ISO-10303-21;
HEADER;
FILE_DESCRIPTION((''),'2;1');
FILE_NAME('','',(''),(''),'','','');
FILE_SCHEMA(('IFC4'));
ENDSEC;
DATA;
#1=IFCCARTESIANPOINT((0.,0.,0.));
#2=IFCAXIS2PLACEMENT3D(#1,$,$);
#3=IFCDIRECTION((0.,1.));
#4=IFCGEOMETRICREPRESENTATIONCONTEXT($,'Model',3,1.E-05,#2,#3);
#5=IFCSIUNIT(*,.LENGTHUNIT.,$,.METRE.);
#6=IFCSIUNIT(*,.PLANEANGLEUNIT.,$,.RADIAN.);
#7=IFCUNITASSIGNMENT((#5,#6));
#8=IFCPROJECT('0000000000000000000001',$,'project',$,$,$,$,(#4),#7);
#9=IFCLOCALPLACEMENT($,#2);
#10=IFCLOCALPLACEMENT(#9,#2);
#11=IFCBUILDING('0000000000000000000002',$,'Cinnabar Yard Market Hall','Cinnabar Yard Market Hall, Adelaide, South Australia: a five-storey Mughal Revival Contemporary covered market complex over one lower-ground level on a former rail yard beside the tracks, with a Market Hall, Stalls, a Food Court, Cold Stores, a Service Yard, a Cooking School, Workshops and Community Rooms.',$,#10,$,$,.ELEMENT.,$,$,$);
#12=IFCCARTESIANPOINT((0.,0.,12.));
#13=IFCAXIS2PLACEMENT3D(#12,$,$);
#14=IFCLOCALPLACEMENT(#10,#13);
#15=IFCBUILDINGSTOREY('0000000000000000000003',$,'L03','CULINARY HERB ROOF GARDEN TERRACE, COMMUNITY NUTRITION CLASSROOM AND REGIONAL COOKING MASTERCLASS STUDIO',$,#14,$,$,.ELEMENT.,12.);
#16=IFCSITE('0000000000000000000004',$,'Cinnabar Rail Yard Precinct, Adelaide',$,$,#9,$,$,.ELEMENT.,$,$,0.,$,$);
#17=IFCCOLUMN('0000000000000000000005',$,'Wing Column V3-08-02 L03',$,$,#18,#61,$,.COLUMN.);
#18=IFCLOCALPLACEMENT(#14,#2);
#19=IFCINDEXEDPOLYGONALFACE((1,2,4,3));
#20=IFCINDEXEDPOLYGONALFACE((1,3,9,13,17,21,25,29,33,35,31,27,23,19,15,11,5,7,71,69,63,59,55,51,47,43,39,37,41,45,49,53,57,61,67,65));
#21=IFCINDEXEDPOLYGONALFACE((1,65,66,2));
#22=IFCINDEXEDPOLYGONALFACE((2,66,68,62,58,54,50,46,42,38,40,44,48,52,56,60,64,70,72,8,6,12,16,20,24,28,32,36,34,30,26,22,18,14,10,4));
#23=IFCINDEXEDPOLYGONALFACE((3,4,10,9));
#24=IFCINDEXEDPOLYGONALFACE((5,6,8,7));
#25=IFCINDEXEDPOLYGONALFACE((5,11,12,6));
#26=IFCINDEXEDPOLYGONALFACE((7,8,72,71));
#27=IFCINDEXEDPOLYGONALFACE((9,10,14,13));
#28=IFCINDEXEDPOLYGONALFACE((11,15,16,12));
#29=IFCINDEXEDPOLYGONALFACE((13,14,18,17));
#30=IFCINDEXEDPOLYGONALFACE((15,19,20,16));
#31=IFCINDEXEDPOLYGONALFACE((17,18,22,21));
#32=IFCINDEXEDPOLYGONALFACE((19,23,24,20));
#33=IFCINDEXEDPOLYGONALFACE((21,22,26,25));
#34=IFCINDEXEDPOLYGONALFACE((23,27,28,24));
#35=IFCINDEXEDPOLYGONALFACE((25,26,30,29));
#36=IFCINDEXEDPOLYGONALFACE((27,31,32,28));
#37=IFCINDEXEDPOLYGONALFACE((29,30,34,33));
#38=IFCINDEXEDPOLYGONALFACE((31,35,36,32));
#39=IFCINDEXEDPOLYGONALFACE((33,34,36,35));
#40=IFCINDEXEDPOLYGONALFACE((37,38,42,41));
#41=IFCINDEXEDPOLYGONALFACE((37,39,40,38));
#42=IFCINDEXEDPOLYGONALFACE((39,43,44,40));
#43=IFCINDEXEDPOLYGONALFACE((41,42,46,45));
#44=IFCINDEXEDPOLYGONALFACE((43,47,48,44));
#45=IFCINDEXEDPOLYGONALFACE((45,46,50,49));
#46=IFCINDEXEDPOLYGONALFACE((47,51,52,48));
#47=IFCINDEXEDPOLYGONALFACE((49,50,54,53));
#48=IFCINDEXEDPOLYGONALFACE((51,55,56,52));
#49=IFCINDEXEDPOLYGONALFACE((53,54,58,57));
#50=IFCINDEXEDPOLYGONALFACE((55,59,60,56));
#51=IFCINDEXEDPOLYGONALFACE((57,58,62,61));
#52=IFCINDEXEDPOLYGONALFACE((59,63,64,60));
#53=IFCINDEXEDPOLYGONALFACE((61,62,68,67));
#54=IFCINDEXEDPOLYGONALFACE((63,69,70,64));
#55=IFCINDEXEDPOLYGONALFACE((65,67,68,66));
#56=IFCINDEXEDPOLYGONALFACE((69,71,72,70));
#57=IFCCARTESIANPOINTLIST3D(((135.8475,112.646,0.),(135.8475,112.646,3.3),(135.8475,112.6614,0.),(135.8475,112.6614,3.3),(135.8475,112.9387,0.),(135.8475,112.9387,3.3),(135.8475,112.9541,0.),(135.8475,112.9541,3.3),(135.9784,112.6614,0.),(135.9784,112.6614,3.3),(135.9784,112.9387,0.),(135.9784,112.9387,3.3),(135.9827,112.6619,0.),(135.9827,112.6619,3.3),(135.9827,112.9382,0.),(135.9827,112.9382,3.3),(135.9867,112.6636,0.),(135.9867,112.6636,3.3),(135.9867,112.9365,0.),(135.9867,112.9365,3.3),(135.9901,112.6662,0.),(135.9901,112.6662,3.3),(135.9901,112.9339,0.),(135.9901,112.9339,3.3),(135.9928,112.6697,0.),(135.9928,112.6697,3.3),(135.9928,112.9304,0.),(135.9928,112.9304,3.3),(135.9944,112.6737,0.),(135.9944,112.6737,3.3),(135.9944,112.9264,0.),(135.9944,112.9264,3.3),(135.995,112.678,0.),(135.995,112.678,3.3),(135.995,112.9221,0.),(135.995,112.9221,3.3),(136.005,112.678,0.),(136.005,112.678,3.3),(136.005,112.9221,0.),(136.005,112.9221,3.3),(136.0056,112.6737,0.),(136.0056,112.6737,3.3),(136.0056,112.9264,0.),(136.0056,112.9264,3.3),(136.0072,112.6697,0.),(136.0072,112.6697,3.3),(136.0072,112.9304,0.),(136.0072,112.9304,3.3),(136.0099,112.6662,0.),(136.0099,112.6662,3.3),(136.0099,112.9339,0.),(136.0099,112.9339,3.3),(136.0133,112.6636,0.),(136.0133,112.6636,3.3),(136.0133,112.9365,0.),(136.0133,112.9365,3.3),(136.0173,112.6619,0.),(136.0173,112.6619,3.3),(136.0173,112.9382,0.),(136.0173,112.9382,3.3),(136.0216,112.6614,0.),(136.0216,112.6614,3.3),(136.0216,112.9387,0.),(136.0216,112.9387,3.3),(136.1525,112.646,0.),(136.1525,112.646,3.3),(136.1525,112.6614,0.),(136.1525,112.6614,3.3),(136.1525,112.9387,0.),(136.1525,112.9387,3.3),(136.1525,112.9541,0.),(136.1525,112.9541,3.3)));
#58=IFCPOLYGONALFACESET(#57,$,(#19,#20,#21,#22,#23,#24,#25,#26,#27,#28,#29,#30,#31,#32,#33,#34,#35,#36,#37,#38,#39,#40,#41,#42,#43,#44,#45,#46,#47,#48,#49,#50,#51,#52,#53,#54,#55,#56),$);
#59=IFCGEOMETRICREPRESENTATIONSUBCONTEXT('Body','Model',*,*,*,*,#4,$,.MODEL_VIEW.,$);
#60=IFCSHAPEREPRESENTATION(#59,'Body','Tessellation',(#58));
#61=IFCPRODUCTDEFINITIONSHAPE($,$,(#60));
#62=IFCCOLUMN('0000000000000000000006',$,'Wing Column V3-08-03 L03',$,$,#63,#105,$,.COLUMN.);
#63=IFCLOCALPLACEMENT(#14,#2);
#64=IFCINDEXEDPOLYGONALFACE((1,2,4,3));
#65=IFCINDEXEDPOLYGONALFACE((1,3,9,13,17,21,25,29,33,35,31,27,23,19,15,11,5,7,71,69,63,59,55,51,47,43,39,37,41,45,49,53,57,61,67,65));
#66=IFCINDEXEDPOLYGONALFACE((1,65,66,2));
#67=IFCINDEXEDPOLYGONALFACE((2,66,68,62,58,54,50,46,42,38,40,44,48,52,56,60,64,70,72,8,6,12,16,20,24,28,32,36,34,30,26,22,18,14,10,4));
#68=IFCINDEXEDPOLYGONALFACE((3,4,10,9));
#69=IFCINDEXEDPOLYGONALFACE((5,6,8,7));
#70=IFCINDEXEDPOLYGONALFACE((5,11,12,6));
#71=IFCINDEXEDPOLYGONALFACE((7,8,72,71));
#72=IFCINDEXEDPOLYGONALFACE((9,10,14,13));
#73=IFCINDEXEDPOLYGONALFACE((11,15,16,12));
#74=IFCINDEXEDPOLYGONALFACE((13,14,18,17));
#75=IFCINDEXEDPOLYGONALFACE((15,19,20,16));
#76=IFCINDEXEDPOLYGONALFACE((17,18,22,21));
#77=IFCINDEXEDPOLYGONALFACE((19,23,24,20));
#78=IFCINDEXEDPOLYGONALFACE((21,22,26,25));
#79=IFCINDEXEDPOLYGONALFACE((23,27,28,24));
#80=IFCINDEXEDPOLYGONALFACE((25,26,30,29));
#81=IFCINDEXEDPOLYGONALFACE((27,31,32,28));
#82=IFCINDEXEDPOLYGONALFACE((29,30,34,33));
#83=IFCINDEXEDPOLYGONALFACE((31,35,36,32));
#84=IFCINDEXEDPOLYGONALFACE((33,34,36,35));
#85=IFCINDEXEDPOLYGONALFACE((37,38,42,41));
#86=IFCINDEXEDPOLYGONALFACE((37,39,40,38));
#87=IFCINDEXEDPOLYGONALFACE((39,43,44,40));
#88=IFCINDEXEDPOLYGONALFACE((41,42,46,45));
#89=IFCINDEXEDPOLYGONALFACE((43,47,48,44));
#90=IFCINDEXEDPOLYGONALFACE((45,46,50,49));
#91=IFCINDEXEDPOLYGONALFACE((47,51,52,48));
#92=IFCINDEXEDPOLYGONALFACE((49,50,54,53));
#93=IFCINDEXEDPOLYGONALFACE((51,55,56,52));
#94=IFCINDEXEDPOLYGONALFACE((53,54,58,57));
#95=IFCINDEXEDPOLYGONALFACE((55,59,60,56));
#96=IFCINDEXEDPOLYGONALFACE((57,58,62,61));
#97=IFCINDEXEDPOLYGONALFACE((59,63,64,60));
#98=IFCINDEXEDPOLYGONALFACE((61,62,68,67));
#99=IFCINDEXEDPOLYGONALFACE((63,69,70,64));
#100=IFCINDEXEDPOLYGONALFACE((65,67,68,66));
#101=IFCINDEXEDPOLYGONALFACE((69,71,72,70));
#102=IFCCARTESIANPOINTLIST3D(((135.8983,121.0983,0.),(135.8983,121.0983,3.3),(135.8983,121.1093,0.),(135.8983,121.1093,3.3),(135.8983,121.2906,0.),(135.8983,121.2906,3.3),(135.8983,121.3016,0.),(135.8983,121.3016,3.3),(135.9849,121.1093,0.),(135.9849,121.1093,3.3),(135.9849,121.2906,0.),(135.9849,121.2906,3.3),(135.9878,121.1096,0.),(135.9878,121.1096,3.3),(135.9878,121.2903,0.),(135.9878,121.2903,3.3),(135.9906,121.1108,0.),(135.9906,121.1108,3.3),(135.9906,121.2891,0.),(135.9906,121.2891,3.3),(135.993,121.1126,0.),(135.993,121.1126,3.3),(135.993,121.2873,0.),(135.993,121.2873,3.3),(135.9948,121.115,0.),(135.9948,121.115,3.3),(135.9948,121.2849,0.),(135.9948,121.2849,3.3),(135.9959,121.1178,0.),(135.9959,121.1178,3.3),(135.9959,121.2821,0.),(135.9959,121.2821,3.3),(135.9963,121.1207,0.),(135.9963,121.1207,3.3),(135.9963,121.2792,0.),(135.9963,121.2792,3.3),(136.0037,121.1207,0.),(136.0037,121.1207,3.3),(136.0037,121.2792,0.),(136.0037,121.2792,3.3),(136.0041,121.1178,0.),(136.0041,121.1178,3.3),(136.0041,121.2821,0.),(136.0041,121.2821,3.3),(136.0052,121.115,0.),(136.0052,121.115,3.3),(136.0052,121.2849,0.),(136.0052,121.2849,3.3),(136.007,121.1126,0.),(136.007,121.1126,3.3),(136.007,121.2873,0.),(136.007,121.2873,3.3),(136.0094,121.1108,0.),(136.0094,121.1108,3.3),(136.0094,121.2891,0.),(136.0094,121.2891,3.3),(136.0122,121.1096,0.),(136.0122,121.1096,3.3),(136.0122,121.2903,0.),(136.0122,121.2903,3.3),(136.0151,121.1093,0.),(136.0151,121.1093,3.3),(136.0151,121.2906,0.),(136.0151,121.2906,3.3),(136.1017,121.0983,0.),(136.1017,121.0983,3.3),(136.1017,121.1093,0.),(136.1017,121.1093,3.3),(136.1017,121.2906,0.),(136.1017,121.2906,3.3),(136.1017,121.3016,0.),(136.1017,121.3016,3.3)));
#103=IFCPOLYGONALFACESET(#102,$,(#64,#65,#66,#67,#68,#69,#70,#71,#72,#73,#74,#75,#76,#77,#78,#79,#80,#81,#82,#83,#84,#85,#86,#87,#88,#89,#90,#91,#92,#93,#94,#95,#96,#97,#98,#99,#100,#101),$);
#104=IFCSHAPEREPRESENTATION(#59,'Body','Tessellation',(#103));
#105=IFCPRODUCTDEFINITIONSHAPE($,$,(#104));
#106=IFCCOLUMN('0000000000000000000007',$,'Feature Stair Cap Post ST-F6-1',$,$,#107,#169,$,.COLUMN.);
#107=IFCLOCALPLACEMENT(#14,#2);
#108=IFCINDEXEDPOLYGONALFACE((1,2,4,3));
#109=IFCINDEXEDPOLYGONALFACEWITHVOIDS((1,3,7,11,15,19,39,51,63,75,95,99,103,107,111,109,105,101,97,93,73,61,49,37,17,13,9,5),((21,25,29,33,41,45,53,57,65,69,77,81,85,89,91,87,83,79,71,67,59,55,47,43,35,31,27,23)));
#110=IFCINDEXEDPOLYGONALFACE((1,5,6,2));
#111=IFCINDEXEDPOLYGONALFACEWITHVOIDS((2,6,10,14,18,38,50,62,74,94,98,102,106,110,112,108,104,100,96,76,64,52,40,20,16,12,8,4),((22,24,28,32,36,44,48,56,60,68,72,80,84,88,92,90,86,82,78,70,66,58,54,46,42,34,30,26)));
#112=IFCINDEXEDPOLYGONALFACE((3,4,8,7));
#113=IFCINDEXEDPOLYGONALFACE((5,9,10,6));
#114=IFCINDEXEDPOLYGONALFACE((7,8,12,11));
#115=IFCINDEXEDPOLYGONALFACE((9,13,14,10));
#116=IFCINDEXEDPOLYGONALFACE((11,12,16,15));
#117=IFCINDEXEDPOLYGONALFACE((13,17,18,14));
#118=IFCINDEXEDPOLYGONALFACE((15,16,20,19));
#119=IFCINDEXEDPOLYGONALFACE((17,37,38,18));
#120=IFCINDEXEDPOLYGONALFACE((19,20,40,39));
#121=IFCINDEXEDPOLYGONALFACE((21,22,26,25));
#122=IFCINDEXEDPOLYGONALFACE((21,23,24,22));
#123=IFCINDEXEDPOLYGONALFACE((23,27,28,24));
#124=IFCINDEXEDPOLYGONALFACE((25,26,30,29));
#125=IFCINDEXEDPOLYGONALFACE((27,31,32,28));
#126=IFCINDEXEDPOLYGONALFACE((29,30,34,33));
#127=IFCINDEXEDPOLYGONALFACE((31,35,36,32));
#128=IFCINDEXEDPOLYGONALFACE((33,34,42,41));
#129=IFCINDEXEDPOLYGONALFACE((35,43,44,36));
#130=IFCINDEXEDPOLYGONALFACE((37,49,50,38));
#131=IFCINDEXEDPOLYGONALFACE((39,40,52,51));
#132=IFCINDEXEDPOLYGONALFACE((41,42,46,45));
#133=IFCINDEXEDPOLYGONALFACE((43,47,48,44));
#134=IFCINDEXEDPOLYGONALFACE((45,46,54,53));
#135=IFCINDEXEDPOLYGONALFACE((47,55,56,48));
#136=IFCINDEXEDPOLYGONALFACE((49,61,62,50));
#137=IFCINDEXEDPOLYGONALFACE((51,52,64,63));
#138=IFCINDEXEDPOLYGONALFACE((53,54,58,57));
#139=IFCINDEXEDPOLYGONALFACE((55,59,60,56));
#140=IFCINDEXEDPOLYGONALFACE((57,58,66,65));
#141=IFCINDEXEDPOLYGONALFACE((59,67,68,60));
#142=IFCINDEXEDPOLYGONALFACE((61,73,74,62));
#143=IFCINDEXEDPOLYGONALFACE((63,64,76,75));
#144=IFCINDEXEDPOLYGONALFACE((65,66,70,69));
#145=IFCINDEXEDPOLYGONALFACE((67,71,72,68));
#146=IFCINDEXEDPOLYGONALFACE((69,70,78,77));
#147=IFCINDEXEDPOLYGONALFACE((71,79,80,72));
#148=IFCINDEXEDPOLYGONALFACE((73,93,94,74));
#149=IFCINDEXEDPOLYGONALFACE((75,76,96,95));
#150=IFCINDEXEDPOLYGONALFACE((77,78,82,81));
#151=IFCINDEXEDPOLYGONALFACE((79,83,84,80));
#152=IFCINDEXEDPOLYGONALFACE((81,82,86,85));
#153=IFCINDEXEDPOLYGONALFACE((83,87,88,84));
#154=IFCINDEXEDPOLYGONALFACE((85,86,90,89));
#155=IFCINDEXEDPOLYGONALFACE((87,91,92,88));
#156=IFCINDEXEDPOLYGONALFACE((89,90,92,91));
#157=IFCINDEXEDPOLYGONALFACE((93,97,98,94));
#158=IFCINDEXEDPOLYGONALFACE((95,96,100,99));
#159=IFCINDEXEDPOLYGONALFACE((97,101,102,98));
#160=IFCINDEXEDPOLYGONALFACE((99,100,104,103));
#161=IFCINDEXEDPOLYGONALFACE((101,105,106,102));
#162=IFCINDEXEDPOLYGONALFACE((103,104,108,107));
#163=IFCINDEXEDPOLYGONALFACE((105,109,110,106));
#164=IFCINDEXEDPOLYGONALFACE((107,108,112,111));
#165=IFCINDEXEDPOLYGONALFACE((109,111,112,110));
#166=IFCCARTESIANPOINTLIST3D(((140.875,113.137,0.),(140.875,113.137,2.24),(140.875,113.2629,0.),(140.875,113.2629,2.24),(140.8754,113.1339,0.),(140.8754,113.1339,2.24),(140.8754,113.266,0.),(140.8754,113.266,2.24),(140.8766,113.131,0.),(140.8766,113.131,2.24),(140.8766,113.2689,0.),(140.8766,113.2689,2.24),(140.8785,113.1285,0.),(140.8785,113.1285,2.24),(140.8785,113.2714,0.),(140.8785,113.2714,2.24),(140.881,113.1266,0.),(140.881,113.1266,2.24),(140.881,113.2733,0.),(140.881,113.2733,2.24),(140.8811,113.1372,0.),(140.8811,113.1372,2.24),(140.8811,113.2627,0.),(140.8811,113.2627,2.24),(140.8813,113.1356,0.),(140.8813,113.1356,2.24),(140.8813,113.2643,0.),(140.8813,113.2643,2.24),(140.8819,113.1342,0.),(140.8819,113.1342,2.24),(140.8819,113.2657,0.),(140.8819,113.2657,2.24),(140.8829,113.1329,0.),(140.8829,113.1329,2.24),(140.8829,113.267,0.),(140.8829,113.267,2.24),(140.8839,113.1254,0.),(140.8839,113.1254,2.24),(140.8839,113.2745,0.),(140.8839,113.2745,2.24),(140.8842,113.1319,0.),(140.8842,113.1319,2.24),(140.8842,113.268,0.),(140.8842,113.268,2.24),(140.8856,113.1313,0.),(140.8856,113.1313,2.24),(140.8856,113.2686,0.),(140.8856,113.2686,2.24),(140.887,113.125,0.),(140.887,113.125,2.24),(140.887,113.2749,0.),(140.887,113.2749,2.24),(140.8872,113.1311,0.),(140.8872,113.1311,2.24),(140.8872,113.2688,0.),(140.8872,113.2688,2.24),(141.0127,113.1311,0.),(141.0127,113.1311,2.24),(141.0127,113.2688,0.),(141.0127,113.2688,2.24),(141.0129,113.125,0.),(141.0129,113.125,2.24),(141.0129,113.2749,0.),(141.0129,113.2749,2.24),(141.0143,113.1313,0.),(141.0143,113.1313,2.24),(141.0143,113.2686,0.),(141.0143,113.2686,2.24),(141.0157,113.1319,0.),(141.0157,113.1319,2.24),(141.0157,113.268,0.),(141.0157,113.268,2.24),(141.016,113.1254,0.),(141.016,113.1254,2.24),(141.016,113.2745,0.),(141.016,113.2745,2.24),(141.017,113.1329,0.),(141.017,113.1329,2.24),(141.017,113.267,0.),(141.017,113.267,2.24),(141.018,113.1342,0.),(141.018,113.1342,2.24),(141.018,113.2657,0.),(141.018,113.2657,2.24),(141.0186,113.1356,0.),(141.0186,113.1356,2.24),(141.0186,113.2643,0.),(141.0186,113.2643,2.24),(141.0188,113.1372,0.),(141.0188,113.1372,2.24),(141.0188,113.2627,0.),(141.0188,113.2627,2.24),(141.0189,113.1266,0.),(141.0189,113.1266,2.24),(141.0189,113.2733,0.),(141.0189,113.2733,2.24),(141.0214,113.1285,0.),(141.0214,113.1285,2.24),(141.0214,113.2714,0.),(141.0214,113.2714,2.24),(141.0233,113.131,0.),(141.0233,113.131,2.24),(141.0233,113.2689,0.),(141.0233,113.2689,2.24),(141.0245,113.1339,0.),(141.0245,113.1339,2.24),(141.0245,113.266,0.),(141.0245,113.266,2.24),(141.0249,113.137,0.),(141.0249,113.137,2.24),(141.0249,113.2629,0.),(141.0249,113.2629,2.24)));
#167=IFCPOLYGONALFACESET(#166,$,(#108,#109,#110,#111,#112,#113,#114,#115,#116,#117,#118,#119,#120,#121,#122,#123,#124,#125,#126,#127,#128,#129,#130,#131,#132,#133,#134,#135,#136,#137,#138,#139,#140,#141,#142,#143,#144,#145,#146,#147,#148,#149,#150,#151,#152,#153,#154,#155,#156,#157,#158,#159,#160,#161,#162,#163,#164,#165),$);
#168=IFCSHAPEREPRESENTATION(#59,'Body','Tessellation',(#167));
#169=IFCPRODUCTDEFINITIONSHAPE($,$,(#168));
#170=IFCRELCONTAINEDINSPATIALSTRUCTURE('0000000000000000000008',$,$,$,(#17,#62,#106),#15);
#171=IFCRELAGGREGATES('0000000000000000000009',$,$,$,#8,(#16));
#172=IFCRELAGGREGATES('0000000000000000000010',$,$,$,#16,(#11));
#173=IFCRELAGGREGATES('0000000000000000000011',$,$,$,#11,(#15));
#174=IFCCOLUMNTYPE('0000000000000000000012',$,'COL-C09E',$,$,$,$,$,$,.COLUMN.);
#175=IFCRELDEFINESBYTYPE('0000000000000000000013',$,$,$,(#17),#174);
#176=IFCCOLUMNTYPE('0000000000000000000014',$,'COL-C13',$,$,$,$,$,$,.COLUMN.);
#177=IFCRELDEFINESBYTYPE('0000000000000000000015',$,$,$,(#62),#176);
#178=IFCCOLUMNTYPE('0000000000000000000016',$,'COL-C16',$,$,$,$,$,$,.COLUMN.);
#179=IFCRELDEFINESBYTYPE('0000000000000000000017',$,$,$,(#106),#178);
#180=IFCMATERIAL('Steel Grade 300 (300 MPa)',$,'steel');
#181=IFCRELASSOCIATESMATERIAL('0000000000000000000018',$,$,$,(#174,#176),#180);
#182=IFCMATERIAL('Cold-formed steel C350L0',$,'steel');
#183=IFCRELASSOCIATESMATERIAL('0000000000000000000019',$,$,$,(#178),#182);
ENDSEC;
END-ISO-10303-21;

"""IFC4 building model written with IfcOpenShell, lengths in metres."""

from ifc_helpers import new_model, si_unit, direction, frame, origin, origin_2d_with_axis, place, context, subcontext, project, spatial, hollow_rectangle, i_section, extrude, material, material_profile, profile_set, type_object, element, save


model = new_model("IFC4")

# Units and contexts
model_context = context("Model", 3, precision=1e-05, world=origin(), true_north=direction((0.0, 1.0)))
body_context = subcontext(model_context, "Body", "Model", "MODEL_VIEW")
ifc_project = project(units=[si_unit("LENGTHUNIT", "METRE"), si_unit("PLANEANGLEUNIT", "RADIAN")], contexts=[model_context])

# Site, building, storey
site_placement = place(None, origin())
site = spatial("IfcSite", under=ifc_project, at=site_placement, Name="Cinnabar Rail Yard Precinct, Adelaide", CompositionType="ELEMENT", RefElevation=0.0)
building_placement = place(site_placement, origin())
building = spatial("IfcBuilding", under=site, at=building_placement, Name="Cinnabar Yard Market Hall", Description="Cinnabar Yard Market Hall, Adelaide, South Australia: a five-storey Mughal Revival Contemporary covered market complex over one lower-ground level on a former rail yard beside the tracks, with a Market Hall, Stalls, a Food Court, Cold Stores, a Service Yard, a Cooking School, Workshops and Community Rooms.", CompositionType="ELEMENT")
storey_placement = place(building_placement, frame((0.0, 0.0, 12.0)))
storey = spatial("IfcBuildingStorey", under=building, at=storey_placement, Name="L03", Description="CULINARY HERB ROOF GARDEN TERRACE, COMMUNITY NUTRITION CLASSROOM AND REGIONAL COOKING MASTERCLASS STUDIO", CompositionType="ELEMENT", Elevation=12.0)

# Columns
ifc_material_1 = material(Name="Steel Grade 300 (300 MPa)", Category="steel")
ifc_material_profile_1 = material_profile(ifc_material_1, i_section(OverallWidth=0.3049, OverallDepth=0.3081, WebThickness=0.01, FlangeThickness=0.0154, FilletRadius=0.0166, at=origin_2d_with_axis()), Name="310UC96.8")
ifc_profile_set_1 = profile_set([ifc_material_profile_1], Name="Steel Grade 300 (300 MPa)")
column_type_1 = type_object("IfcColumnType", Name="COL-C09E", PredefinedType="COLUMN", material=ifc_profile_set_1)
column_1_placement = place(storey_placement, frame((136.0, 112.8, 0.0), z_axis=(0.0, 0.0, 1.0), x_axis=(1.0, 0.0, 0.0)))
element("IfcColumn", 1, at=column_1_placement, inside=storey, type_object=column_type_1, Name="Wing Column V3-08-02 L03", PredefinedType="COLUMN", context=body_context, shape_type="SweptSolid", body=[
    extrude(i_section(OverallWidth=0.3049, OverallDepth=0.3081, WebThickness=0.01, FlangeThickness=0.0154, FilletRadius=0.0166, at=origin_2d_with_axis()), origin(), (0.0, 0.0, 1.0), 3.3),
])
ifc_material_profile_2 = material_profile(ifc_material_1, i_section(OverallWidth=0.2034, OverallDepth=0.2034, WebThickness=0.0073, FlangeThickness=0.011, FilletRadius=0.0115, at=origin_2d_with_axis()), Name="200UC46.2")
ifc_profile_set_2 = profile_set([ifc_material_profile_2], Name="Steel Grade 300 (300 MPa)")
column_type_2 = type_object("IfcColumnType", Name="COL-C13", PredefinedType="COLUMN", material=ifc_profile_set_2)
column_2_placement = place(storey_placement, frame((136.0, 121.2, 0.0), z_axis=(0.0, 0.0, 1.0), x_axis=(1.0, 0.0, 0.0)))
element("IfcColumn", 2, at=column_2_placement, inside=storey, type_object=column_type_2, Name="Wing Column V3-08-03 L03", PredefinedType="COLUMN", context=body_context, shape_type="SweptSolid", body=[
    extrude(i_section(OverallWidth=0.2034, OverallDepth=0.2034, WebThickness=0.0073, FlangeThickness=0.011, FilletRadius=0.0115, at=origin_2d_with_axis()), origin(), (0.0, 0.0, 1.0), 3.3),
])
ifc_material_2 = material(Name="Cold-formed steel C350L0", Category="steel")
ifc_material_profile_3 = material_profile(ifc_material_2, hollow_rectangle(XDim=0.1499, YDim=0.1499, WallThickness=0.0061, InnerFilletRadius=0.0061, OuterFilletRadius=0.012, at=origin_2d_with_axis()), Name="150x150x6.0SHS")
ifc_profile_set_3 = profile_set([ifc_material_profile_3], Name="Cold-formed steel C350L0")
column_type_3 = type_object("IfcColumnType", Name="COL-C16", PredefinedType="COLUMN", material=ifc_profile_set_3)
for number, where, z_axis, x_axis, name in (
    (3, (140.95, 113.2, 0.0), (0.0, 0.0, 1.0), (1.0, 0.0, 0.0), "Feature Stair Cap Post ST-F6-1"),
):
    element("IfcColumn", number, at=place(storey_placement, frame(where, z_axis=z_axis, x_axis=x_axis)), inside=storey, type_object=column_type_3, Name=name, PredefinedType="COLUMN", context=body_context, shape_type="SweptSolid", body=[
        extrude(hollow_rectangle(XDim=0.1499, YDim=0.1499, WallThickness=0.0061, InnerFilletRadius=0.0061, OuterFilletRadius=0.012, at=origin_2d_with_axis()), origin(), (0.0, 0.0, 1.0), 2.24),
    ])

save(model, "model.ifc")
